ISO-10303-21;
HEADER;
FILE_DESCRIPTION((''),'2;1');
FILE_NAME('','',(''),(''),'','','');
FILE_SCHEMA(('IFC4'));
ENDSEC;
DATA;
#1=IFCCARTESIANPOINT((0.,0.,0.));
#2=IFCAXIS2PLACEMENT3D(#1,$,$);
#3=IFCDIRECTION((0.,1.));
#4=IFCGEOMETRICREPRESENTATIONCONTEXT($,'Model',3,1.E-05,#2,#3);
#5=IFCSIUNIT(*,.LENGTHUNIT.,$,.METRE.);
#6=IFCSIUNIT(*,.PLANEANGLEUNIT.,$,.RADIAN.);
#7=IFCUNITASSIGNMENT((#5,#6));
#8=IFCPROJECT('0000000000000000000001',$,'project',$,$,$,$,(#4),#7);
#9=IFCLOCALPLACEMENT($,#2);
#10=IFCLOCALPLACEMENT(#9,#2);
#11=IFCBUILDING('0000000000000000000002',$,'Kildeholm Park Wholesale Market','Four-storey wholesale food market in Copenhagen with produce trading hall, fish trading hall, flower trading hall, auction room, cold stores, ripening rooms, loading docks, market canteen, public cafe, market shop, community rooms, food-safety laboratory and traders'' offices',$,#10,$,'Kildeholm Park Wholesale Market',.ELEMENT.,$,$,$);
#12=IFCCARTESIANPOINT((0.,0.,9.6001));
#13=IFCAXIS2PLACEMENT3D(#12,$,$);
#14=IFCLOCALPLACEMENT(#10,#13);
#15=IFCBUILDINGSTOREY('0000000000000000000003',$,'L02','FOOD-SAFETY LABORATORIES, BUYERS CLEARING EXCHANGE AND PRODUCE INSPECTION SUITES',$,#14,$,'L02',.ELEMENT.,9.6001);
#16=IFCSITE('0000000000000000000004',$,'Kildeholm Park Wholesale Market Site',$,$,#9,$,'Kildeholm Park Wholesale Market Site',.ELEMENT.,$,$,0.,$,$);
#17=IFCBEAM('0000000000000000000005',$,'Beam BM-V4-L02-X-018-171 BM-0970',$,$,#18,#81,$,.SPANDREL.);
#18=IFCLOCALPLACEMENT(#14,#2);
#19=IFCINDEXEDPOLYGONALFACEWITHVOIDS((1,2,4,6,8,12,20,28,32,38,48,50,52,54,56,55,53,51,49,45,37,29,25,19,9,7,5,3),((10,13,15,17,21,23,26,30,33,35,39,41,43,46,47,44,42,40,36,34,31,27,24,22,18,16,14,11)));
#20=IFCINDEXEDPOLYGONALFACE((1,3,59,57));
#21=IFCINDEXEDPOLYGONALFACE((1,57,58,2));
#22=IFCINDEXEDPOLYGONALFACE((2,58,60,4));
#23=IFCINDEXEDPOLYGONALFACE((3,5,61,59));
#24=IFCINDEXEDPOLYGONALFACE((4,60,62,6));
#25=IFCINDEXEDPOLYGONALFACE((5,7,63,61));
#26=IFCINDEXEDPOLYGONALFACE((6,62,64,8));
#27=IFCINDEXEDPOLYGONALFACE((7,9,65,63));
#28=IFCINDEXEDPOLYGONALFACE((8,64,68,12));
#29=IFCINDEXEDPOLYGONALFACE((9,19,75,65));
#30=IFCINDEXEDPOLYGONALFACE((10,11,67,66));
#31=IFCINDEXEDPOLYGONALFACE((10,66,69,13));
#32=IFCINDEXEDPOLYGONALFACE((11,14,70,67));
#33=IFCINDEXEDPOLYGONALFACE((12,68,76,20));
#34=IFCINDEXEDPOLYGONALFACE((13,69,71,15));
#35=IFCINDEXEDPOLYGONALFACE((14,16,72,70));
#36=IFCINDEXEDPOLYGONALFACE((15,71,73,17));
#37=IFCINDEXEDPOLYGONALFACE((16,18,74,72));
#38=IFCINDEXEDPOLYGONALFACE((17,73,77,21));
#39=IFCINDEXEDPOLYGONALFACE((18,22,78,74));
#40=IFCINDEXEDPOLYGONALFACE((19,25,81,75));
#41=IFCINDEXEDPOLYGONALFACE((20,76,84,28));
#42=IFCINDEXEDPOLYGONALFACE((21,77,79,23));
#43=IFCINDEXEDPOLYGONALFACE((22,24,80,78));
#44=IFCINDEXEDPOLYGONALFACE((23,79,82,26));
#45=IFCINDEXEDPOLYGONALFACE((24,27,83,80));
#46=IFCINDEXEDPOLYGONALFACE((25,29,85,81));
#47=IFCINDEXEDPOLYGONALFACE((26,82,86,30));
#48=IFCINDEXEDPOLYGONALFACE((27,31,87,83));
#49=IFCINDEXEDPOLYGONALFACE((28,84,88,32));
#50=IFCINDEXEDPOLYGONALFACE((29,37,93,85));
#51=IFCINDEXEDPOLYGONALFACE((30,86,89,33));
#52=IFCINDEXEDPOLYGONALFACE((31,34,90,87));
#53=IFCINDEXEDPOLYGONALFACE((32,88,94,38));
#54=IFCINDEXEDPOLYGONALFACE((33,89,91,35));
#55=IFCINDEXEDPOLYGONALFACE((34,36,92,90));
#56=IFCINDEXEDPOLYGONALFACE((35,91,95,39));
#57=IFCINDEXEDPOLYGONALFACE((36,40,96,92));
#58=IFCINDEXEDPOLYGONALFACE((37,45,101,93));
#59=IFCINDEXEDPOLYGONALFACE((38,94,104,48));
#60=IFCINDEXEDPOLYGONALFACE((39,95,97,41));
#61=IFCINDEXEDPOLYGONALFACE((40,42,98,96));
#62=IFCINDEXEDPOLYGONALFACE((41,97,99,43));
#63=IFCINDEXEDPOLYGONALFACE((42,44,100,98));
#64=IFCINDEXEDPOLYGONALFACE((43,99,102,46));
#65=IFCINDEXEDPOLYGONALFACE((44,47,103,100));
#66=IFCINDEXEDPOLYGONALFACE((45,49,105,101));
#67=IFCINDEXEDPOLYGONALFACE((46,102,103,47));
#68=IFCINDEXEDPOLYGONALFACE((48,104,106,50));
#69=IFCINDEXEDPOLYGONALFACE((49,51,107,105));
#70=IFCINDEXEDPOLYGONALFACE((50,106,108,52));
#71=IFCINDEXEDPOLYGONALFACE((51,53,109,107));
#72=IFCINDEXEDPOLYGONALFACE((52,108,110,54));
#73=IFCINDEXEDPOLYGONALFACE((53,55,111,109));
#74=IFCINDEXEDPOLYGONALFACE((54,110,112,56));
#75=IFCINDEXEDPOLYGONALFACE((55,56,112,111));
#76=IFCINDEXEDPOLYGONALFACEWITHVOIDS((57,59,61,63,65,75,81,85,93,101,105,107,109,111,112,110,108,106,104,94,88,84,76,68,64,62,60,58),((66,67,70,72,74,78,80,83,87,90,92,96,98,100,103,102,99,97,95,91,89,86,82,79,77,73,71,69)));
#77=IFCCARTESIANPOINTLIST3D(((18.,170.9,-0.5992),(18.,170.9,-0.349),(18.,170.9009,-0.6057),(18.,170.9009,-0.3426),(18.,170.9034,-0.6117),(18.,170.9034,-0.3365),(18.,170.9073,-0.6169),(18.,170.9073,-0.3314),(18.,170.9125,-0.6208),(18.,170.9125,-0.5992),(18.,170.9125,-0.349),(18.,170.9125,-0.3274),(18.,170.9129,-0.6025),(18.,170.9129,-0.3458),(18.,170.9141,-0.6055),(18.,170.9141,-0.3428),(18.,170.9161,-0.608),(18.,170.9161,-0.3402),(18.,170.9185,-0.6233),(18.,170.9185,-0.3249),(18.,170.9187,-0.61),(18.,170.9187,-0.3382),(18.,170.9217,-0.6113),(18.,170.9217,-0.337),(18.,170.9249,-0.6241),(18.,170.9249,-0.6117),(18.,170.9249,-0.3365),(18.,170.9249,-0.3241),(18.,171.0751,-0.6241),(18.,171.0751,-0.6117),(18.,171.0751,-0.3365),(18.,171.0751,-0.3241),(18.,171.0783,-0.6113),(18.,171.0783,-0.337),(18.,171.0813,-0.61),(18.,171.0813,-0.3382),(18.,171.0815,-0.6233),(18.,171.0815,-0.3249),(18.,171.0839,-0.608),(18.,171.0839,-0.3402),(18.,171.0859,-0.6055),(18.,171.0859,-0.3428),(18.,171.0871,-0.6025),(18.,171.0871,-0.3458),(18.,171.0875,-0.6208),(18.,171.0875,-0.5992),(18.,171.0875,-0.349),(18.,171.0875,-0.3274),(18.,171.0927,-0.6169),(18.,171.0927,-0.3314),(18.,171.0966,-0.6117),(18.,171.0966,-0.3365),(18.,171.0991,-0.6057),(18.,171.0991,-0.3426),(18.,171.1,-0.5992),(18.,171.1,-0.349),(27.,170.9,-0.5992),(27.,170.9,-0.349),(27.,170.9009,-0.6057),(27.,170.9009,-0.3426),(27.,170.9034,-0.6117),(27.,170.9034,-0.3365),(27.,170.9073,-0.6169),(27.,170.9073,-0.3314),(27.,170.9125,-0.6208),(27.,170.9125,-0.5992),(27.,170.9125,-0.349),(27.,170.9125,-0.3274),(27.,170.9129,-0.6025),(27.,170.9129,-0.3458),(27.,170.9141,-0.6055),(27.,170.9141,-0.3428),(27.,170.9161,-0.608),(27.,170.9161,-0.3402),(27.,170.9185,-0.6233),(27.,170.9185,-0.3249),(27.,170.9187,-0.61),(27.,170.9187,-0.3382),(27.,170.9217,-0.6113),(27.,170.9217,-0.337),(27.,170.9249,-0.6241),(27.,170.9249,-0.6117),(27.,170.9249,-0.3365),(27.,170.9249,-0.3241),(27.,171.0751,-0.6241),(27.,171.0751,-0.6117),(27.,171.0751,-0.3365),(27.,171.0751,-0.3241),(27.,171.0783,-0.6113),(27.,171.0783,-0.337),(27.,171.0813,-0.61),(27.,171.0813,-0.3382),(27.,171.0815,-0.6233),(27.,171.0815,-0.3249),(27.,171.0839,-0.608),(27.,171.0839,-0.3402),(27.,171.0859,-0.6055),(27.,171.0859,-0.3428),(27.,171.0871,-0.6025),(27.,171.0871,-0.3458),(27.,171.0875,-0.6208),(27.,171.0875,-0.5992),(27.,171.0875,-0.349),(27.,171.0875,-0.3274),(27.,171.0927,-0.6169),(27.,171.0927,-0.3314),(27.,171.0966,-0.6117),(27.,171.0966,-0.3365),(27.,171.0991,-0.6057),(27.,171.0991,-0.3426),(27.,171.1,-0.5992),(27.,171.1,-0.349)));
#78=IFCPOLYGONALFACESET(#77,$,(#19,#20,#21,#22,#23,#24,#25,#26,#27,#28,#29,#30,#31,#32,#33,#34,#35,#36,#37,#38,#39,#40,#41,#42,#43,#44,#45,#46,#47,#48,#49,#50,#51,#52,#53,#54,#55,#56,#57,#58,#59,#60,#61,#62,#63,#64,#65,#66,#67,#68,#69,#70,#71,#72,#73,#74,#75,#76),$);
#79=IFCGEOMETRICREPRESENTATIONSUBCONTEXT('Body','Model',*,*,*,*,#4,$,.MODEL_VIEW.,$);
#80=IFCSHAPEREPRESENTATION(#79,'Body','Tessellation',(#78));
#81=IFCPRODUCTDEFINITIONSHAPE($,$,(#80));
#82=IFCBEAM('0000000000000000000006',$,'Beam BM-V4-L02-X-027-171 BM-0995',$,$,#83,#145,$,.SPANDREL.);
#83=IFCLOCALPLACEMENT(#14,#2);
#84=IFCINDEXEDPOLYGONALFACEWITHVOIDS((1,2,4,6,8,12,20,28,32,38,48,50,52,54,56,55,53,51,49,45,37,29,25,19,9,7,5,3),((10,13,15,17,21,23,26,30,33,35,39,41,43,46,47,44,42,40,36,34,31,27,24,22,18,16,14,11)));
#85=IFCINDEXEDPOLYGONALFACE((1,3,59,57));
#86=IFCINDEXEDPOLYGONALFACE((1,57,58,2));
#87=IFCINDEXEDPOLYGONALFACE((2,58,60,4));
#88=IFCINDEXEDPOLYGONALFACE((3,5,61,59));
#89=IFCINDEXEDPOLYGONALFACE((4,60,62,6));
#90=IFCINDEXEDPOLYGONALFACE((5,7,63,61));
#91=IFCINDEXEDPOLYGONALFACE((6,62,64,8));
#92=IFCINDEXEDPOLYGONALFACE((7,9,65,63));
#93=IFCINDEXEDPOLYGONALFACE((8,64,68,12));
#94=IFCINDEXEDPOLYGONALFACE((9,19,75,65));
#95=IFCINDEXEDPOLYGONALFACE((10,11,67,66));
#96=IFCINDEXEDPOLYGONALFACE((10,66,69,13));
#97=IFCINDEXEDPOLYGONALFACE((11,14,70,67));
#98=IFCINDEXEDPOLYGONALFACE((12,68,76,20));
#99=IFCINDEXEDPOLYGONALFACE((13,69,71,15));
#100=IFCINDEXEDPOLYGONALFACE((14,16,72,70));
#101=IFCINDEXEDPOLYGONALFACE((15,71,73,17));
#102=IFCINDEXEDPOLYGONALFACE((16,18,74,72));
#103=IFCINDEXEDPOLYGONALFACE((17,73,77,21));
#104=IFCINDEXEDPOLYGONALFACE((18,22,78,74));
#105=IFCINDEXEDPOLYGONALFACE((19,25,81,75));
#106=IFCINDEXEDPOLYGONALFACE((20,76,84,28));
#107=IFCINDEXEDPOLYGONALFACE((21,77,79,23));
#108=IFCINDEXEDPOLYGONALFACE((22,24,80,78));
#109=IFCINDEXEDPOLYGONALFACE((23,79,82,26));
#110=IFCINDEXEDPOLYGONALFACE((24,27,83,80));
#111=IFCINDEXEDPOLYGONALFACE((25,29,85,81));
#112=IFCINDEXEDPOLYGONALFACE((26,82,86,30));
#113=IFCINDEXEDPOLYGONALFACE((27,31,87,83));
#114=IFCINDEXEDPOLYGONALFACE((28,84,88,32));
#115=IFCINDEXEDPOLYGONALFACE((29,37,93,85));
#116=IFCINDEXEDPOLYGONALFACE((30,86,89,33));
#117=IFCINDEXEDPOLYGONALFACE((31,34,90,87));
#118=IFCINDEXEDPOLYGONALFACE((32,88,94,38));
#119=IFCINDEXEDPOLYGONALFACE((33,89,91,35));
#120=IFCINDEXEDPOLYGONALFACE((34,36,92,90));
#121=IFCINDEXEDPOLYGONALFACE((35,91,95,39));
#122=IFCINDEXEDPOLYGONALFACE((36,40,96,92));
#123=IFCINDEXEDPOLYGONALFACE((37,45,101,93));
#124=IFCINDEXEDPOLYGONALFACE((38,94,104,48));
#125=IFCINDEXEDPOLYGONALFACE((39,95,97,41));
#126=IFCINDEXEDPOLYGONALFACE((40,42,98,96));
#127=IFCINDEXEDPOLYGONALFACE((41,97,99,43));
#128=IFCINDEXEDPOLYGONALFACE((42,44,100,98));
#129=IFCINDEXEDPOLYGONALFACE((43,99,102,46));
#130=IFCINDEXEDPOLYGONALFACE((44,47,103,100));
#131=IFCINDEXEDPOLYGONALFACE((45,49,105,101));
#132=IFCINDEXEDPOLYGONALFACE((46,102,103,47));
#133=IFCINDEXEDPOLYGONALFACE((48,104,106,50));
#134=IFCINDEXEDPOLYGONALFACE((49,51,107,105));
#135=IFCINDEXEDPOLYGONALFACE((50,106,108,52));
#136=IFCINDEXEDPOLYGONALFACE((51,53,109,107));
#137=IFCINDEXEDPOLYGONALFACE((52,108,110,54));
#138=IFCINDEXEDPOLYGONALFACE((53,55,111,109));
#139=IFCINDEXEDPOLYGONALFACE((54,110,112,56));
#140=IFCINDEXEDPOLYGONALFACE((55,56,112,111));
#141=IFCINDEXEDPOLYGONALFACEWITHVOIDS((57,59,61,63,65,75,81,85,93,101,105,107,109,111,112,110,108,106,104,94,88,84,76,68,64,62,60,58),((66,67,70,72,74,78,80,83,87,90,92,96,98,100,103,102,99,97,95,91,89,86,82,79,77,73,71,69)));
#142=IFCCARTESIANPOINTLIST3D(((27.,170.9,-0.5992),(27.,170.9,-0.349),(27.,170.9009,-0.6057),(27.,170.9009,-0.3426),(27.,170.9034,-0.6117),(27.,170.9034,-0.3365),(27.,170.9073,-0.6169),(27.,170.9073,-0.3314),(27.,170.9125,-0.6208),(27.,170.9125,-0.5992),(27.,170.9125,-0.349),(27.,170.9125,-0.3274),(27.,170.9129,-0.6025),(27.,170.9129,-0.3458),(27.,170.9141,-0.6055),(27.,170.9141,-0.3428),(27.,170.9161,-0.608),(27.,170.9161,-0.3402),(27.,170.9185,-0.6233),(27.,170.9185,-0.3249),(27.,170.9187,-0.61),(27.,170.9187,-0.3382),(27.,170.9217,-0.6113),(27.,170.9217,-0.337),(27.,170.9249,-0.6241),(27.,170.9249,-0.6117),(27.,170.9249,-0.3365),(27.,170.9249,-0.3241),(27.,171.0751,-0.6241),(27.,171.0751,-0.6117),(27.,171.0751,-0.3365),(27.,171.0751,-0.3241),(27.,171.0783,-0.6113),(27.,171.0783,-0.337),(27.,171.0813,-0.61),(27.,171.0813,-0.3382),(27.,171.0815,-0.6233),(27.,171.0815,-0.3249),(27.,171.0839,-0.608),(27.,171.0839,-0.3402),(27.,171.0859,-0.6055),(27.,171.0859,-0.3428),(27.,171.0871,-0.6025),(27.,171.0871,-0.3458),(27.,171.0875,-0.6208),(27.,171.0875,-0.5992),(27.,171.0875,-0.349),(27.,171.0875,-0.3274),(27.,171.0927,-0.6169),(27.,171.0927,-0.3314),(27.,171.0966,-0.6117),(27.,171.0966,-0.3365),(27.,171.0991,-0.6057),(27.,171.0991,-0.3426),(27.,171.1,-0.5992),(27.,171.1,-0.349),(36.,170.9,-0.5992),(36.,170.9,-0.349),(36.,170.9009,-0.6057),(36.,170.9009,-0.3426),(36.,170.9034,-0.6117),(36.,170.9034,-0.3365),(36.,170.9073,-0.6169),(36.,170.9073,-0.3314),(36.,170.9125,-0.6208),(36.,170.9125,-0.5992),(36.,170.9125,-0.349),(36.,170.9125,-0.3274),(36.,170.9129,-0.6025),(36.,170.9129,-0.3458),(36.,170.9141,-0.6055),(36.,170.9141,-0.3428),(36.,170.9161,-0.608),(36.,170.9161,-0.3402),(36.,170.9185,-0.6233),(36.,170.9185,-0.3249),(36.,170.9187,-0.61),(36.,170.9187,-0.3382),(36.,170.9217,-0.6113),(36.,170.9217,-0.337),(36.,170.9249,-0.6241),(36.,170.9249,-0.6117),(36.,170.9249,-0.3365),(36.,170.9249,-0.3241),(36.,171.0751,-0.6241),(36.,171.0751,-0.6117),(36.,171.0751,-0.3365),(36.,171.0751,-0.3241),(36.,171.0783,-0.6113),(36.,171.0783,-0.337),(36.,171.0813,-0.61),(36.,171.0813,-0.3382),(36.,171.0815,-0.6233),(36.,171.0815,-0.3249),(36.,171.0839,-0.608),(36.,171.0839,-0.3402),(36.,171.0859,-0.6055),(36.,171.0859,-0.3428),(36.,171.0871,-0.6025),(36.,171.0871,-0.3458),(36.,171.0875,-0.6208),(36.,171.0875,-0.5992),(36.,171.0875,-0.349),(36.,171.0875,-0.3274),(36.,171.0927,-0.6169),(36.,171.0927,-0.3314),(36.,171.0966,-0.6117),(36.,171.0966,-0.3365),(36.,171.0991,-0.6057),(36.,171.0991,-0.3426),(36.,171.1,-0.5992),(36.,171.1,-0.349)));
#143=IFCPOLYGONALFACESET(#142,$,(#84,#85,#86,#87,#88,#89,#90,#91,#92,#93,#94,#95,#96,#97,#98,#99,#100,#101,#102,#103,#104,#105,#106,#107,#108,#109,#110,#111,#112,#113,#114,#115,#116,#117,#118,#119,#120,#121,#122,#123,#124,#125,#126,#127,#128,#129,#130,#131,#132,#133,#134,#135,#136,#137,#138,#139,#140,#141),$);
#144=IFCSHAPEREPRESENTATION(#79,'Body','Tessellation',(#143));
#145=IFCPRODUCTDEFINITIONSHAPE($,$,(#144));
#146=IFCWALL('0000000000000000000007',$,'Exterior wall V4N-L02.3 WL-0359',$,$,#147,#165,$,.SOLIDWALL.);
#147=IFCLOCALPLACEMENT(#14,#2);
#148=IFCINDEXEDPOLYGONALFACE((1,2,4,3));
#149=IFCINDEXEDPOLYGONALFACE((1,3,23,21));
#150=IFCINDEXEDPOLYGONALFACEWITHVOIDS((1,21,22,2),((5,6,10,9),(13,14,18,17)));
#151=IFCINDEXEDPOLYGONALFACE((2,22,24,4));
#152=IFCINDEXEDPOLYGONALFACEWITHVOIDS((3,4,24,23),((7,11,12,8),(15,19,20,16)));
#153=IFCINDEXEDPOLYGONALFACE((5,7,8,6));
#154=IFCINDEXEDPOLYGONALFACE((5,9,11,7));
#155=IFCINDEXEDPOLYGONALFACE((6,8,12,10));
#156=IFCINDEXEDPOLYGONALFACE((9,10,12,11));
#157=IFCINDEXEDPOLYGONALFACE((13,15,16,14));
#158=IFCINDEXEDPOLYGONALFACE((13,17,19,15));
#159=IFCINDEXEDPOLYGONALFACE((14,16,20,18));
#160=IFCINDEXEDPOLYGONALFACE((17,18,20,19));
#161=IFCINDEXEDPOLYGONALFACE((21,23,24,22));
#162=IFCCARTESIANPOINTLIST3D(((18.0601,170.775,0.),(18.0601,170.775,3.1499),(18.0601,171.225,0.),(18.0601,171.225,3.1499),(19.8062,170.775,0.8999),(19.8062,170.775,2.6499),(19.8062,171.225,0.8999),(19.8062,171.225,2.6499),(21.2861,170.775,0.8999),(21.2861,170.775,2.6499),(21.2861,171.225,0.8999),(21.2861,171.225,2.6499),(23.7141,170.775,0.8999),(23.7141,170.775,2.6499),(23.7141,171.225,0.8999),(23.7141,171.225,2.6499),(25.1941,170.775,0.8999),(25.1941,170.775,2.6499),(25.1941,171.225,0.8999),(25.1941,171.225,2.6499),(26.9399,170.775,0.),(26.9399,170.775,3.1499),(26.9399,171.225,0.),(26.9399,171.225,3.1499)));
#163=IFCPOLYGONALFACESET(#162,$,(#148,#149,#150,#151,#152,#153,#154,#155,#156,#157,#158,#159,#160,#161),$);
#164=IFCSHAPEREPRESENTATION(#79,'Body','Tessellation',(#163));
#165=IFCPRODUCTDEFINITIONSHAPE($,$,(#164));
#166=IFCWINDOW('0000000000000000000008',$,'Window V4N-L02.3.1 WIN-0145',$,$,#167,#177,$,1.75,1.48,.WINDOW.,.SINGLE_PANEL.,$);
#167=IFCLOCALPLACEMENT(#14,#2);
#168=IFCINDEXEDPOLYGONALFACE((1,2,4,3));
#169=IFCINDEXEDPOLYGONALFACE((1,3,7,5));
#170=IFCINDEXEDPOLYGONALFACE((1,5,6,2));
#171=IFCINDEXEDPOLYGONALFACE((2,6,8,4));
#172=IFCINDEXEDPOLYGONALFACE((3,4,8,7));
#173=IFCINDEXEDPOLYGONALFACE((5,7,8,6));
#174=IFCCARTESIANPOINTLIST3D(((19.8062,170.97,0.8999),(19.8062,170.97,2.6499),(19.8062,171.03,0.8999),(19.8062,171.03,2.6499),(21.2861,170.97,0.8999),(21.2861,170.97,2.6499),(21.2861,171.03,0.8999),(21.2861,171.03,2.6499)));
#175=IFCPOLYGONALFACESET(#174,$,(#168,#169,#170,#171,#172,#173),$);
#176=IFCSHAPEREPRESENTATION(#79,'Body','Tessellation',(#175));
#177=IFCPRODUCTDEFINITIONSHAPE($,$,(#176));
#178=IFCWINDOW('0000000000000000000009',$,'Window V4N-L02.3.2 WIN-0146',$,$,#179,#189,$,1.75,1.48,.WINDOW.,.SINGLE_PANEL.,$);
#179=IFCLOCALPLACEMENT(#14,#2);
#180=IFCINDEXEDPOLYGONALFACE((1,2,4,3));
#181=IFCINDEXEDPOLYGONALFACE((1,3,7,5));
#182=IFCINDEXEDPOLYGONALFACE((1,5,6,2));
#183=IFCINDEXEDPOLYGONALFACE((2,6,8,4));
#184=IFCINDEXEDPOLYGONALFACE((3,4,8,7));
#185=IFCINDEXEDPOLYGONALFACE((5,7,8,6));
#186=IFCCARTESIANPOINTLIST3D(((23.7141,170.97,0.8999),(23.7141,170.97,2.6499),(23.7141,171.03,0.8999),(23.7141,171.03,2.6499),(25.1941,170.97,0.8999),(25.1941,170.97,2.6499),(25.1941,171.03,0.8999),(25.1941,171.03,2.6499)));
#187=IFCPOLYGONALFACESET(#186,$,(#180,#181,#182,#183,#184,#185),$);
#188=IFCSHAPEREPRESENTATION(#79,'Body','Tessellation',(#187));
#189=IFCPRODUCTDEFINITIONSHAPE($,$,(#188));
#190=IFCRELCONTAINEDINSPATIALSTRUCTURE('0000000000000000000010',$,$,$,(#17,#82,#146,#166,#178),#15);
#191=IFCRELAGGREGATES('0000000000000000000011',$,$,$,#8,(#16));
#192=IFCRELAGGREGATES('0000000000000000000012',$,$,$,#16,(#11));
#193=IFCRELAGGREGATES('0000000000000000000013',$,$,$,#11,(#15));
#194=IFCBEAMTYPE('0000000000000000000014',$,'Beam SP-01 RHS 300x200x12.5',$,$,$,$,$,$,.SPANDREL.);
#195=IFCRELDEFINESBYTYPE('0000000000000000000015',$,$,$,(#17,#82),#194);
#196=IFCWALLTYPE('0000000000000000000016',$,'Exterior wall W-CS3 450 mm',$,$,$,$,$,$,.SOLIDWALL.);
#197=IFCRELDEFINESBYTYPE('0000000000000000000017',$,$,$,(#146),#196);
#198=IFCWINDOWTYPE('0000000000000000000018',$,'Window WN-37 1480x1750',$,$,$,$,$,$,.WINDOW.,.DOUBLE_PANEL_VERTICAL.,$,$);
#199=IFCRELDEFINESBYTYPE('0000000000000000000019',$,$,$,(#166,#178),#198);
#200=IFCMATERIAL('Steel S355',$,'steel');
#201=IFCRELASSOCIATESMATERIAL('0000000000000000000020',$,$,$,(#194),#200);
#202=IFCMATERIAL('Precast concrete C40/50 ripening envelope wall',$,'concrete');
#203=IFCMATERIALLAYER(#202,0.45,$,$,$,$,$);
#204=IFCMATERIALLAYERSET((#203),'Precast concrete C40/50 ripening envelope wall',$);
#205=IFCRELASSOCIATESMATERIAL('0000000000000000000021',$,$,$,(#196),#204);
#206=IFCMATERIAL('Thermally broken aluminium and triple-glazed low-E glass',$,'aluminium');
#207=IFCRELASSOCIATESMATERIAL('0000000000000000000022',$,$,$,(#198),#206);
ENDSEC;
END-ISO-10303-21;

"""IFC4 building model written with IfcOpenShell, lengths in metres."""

from ifc_helpers import new_model, si_unit, direction, frame, frame_2d, origin, origin_2d, place, context, subcontext, project, spatial, rectangle, hollow_rectangle, extrude, material, layer, layer_set, material_profile, profile_set, type_object, element, fill, save


model = new_model("IFC4")

# Units and contexts
model_context = context("Model", 3, precision=1e-05, world=origin(), true_north=direction((0.0, 1.0)))
body_context = subcontext(model_context, "Body", "Model", "MODEL_VIEW")
ifc_project = project(units=[si_unit("LENGTHUNIT", "METRE"), si_unit("PLANEANGLEUNIT", "RADIAN")], contexts=[model_context])

# Site, building, storey
site_placement = place(None, origin())
site = spatial("IfcSite", under=ifc_project, at=site_placement, Name="Kildeholm Park Wholesale Market Site", LongName="Kildeholm Park Wholesale Market Site", CompositionType="ELEMENT", RefElevation=0.0)
building_placement = place(site_placement, origin())
building = spatial("IfcBuilding", under=site, at=building_placement, Name="Kildeholm Park Wholesale Market", Description="Four-storey wholesale food market in Copenhagen with produce trading hall, fish trading hall, flower trading hall, auction room, cold stores, ripening rooms, loading docks, market canteen, public cafe, market shop, community rooms, food-safety laboratory and traders' offices", LongName="Kildeholm Park Wholesale Market", CompositionType="ELEMENT")
storey_placement = place(building_placement, frame((0.0, 0.0, 9.6001)))
storey = spatial("IfcBuildingStorey", under=building, at=storey_placement, Name="L02", Description="FOOD-SAFETY LABORATORIES, BUYERS CLEARING EXCHANGE AND PRODUCE INSPECTION SUITES", LongName="L02", CompositionType="ELEMENT", Elevation=9.6001)

# Beams
ifc_material_1 = material(Name="Steel S355", Category="steel")
ifc_material_profile_1 = material_profile(ifc_material_1, hollow_rectangle(XDim=0.2, YDim=0.3, WallThickness=0.0125, InnerFilletRadius=0.0125, OuterFilletRadius=0.0249, at=origin_2d()), Name="RHS 300x200x12.5")
ifc_profile_set_1 = profile_set([ifc_material_profile_1], Name="Steel S355")
beam_type_1 = type_object("IfcBeamType", Name="Beam SP-01 RHS 300x200x12.5", PredefinedType="SPANDREL", material=ifc_profile_set_1)
for number, where, z_axis, x_axis, name in (
    (1, (18.0, 171.0, -0.4741), (1.0, 0.0, 0.0), (0.0, 1.0, 0.0), "Beam BM-V4-L02-X-018-171 BM-0970"),
    (2, (27.0, 171.0, -0.4741), (1.0, 0.0, 0.0), (0.0, 1.0, 0.0), "Beam BM-V4-L02-X-027-171 BM-0995"),
):
    element("IfcBeam", number, at=place(storey_placement, frame(where, z_axis=z_axis, x_axis=x_axis)), inside=storey, type_object=beam_type_1, Name=name, PredefinedType="SPANDREL", context=body_context, shape_type="SweptSolid", body=[
        extrude(hollow_rectangle(XDim=0.2, YDim=0.3, WallThickness=0.0125, InnerFilletRadius=0.0125, OuterFilletRadius=0.0249, at=origin_2d()), origin(), (0.0, 0.0, 1.0), 9.0),
    ])

# Wall, openings, windows
ifc_material_2 = material(Name="Precast concrete C40/50 ripening envelope wall", Category="concrete")
ifc_layer = layer(ifc_material_2, 0.45)
ifc_layer_set = layer_set([ifc_layer], Name="Precast concrete C40/50 ripening envelope wall")
wall_type = type_object("IfcWallType", Name="Exterior wall W-CS3 450 mm", PredefinedType="SOLIDWALL", material=ifc_layer_set)
wall_1_placement = place(storey_placement, frame((18.0601, 171.0, 0.0), z_axis=(0.0, 0.0, 1.0), x_axis=(1.0, 0.0, 0.0)))
wall_1 = element("IfcWall", 3, at=wall_1_placement, inside=storey, type_object=wall_type, Name="Exterior wall V4N-L02.3 WL-0359", PredefinedType="SOLIDWALL", context=body_context, shape_type="SweptSolid", body=[
    extrude(rectangle(XDim=8.8799, YDim=0.45, at=frame_2d((4.4399, 0.0))), origin(), (0.0, 0.0, 1.0), 3.1499),
])
opening_1_placement = place(wall_1_placement, frame((1.7461, 0.0, 0.8999)))
opening_1 = element("IfcOpeningElement", 4, at=opening_1_placement, cuts=wall_1, PredefinedType="OPENING", context=body_context, shape_type="SweptSolid", body=[
    extrude(rectangle(XDim=1.48, YDim=1.75, at=frame_2d((0.74, 0.875))), frame((0.0, 0.2349, 0.0), z_axis=(0.0, -1.0, 0.0), x_axis=(1.0, 0.0, 0.0)), (0.0, 0.0, 1.0), 0.47),
])
opening_2_placement = place(wall_1_placement, frame((5.6541, 0.0, 0.8999)))
opening_2 = element("IfcOpeningElement", 5, at=opening_2_placement, cuts=wall_1, PredefinedType="OPENING", context=body_context, shape_type="SweptSolid", body=[
    extrude(rectangle(XDim=1.48, YDim=1.75, at=frame_2d((0.74, 0.875))), frame((0.0, 0.2349, 0.0), z_axis=(0.0, -1.0, 0.0), x_axis=(1.0, 0.0, 0.0)), (0.0, 0.0, 1.0), 0.47),
])
ifc_material_3 = material(Name="Thermally broken aluminium and triple-glazed low-E glass", Category="aluminium")
window_type_1 = type_object("IfcWindowType", Name="Window WN-37 1480x1750", PartitioningType="DOUBLE_PANEL_VERTICAL", PredefinedType="WINDOW", material=ifc_material_3)
window_1_placement = place(opening_1_placement, origin())
window_1 = element("IfcWindow", 6, at=window_1_placement, inside=storey, type_object=window_type_1, Name="Window V4N-L02.3.1 WIN-0145", OverallHeight=1.75, OverallWidth=1.48, PartitioningType="SINGLE_PANEL", PredefinedType="WINDOW", context=body_context, shape_type="SweptSolid", body=[
    extrude(rectangle(XDim=1.48, YDim=1.75, at=frame_2d((0.74, 0.875))), frame((0.0, 0.03, 0.0), z_axis=(0.0, -1.0, 0.0), x_axis=(1.0, 0.0, 0.0)), (0.0, 0.0, 1.0), 0.0601),
])
fill(opening_1, window_1)
window_2_placement = place(opening_2_placement, origin())
window_2 = element("IfcWindow", 7, at=window_2_placement, inside=storey, type_object=window_type_1, Name="Window V4N-L02.3.2 WIN-0146", OverallHeight=1.75, OverallWidth=1.48, PartitioningType="SINGLE_PANEL", PredefinedType="WINDOW", context=body_context, shape_type="SweptSolid", body=[
    extrude(rectangle(XDim=1.48, YDim=1.75, at=frame_2d((0.74, 0.875))), frame((0.0, 0.03, 0.0), z_axis=(0.0, -1.0, 0.0), x_axis=(1.0, 0.0, 0.0)), (0.0, 0.0, 1.0), 0.0601),
])
fill(opening_2, window_2)

save(model, "model.ifc")
